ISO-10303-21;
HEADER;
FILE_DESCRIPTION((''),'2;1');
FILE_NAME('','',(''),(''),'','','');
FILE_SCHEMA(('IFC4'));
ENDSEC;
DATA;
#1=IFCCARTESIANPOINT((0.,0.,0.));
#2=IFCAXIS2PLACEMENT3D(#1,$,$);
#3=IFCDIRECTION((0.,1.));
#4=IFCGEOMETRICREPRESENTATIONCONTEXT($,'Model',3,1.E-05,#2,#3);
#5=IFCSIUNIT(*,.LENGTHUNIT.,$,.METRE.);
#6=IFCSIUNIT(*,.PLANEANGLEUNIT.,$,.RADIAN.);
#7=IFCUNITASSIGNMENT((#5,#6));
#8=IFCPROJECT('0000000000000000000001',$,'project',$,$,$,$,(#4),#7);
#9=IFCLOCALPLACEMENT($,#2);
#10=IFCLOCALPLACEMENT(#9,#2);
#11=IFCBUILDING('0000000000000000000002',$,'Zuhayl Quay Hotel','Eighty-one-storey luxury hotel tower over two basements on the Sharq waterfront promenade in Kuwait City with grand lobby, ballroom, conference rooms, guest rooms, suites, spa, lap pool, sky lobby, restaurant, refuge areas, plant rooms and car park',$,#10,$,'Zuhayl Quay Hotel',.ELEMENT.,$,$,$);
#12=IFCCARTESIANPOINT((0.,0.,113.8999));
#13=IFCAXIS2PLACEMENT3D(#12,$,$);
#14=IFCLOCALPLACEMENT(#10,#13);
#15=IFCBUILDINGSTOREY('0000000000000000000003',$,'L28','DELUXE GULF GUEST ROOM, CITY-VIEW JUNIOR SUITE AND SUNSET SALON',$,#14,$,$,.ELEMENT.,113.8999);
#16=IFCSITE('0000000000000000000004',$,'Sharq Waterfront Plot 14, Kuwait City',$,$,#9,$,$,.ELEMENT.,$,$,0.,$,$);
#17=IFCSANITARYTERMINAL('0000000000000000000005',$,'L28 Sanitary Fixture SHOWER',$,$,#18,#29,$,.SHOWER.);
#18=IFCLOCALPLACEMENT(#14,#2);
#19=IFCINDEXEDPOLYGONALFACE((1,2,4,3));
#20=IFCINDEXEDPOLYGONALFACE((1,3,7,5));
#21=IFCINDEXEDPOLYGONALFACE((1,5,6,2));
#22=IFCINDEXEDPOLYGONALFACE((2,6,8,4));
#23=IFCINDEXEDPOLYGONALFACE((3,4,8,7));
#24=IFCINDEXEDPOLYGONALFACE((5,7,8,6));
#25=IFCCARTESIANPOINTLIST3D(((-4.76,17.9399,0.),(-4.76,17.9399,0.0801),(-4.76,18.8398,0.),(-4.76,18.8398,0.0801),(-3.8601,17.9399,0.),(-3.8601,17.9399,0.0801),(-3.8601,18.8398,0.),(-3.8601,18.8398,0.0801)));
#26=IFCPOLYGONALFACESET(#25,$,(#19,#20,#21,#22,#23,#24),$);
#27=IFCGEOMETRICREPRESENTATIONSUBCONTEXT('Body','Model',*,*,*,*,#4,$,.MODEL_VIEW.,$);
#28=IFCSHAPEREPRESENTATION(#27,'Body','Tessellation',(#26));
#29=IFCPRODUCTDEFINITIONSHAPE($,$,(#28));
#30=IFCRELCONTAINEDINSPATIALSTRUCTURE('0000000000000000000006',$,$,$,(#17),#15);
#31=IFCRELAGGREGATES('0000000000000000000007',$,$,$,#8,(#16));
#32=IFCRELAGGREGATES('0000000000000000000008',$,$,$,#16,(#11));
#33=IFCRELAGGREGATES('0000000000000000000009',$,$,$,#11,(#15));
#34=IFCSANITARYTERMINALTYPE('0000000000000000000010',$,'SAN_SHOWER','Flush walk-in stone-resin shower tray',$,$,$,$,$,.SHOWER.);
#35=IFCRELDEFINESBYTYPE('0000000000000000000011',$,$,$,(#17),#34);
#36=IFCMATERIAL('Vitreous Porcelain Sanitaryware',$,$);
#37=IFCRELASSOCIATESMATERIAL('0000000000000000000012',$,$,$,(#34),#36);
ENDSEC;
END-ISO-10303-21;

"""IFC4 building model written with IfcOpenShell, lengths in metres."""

from ifc_helpers import new_model, si_unit, direction, frame, origin, origin_2d, place, context, subcontext, project, spatial, rectangle, extrude, material, type_object, element, save


model = new_model("IFC4")

# Units and contexts
model_context = context("Model", 3, precision=1e-05, world=origin(), true_north=direction((0.0, 1.0)))
body_context = subcontext(model_context, "Body", "Model", "MODEL_VIEW")
ifc_project = project(units=[si_unit("LENGTHUNIT", "METRE"), si_unit("PLANEANGLEUNIT", "RADIAN")], contexts=[model_context])

# Site, building, storey
site_placement = place(None, origin())
site = spatial("IfcSite", under=ifc_project, at=site_placement, Name="Sharq Waterfront Plot 14, Kuwait City", CompositionType="ELEMENT", RefElevation=0.0)
building_placement = place(site_placement, origin())
building = spatial("IfcBuilding", under=site, at=building_placement, Name="Zuhayl Quay Hotel", Description="Eighty-one-storey luxury hotel tower over two basements on the Sharq waterfront promenade in Kuwait City with grand lobby, ballroom, conference rooms, guest rooms, suites, spa, lap pool, sky lobby, restaurant, refuge areas, plant rooms and car park", LongName="Zuhayl Quay Hotel", CompositionType="ELEMENT")
storey_placement = place(building_placement, frame((0.0, 0.0, 113.8999)))
storey = spatial("IfcBuildingStorey", under=building, at=storey_placement, Name="L28", Description="DELUXE GULF GUEST ROOM, CITY-VIEW JUNIOR SUITE AND SUNSET SALON", CompositionType="ELEMENT", Elevation=113.8999)

# Sanitary terminal
ifc_material_1 = material(Name="Vitreous Porcelain Sanitaryware")
sanitary_terminal_type_1 = type_object("IfcSanitaryTerminalType", Name="SAN_SHOWER", Description="Flush walk-in stone-resin shower tray", PredefinedType="SHOWER", material=ifc_material_1)
for number, where, z_axis, x_axis, name in (
    (1, (-4.3101, 18.3899, 0.0), (0.0, 0.0, 1.0), (1.0, 0.0, 0.0), "L28 Sanitary Fixture SHOWER"),
):
    element("IfcSanitaryTerminal", number, at=place(storey_placement, frame(where, z_axis=z_axis, x_axis=x_axis)), inside=storey, type_object=sanitary_terminal_type_1, Name=name, PredefinedType="SHOWER", context=body_context, shape_type="SweptSolid", body=[
        extrude(rectangle(XDim=0.8999, YDim=0.8999, at=origin_2d()), origin(), (0.0, 0.0, 1.0), 0.0801),
    ])

save(model, "model.ifc")
